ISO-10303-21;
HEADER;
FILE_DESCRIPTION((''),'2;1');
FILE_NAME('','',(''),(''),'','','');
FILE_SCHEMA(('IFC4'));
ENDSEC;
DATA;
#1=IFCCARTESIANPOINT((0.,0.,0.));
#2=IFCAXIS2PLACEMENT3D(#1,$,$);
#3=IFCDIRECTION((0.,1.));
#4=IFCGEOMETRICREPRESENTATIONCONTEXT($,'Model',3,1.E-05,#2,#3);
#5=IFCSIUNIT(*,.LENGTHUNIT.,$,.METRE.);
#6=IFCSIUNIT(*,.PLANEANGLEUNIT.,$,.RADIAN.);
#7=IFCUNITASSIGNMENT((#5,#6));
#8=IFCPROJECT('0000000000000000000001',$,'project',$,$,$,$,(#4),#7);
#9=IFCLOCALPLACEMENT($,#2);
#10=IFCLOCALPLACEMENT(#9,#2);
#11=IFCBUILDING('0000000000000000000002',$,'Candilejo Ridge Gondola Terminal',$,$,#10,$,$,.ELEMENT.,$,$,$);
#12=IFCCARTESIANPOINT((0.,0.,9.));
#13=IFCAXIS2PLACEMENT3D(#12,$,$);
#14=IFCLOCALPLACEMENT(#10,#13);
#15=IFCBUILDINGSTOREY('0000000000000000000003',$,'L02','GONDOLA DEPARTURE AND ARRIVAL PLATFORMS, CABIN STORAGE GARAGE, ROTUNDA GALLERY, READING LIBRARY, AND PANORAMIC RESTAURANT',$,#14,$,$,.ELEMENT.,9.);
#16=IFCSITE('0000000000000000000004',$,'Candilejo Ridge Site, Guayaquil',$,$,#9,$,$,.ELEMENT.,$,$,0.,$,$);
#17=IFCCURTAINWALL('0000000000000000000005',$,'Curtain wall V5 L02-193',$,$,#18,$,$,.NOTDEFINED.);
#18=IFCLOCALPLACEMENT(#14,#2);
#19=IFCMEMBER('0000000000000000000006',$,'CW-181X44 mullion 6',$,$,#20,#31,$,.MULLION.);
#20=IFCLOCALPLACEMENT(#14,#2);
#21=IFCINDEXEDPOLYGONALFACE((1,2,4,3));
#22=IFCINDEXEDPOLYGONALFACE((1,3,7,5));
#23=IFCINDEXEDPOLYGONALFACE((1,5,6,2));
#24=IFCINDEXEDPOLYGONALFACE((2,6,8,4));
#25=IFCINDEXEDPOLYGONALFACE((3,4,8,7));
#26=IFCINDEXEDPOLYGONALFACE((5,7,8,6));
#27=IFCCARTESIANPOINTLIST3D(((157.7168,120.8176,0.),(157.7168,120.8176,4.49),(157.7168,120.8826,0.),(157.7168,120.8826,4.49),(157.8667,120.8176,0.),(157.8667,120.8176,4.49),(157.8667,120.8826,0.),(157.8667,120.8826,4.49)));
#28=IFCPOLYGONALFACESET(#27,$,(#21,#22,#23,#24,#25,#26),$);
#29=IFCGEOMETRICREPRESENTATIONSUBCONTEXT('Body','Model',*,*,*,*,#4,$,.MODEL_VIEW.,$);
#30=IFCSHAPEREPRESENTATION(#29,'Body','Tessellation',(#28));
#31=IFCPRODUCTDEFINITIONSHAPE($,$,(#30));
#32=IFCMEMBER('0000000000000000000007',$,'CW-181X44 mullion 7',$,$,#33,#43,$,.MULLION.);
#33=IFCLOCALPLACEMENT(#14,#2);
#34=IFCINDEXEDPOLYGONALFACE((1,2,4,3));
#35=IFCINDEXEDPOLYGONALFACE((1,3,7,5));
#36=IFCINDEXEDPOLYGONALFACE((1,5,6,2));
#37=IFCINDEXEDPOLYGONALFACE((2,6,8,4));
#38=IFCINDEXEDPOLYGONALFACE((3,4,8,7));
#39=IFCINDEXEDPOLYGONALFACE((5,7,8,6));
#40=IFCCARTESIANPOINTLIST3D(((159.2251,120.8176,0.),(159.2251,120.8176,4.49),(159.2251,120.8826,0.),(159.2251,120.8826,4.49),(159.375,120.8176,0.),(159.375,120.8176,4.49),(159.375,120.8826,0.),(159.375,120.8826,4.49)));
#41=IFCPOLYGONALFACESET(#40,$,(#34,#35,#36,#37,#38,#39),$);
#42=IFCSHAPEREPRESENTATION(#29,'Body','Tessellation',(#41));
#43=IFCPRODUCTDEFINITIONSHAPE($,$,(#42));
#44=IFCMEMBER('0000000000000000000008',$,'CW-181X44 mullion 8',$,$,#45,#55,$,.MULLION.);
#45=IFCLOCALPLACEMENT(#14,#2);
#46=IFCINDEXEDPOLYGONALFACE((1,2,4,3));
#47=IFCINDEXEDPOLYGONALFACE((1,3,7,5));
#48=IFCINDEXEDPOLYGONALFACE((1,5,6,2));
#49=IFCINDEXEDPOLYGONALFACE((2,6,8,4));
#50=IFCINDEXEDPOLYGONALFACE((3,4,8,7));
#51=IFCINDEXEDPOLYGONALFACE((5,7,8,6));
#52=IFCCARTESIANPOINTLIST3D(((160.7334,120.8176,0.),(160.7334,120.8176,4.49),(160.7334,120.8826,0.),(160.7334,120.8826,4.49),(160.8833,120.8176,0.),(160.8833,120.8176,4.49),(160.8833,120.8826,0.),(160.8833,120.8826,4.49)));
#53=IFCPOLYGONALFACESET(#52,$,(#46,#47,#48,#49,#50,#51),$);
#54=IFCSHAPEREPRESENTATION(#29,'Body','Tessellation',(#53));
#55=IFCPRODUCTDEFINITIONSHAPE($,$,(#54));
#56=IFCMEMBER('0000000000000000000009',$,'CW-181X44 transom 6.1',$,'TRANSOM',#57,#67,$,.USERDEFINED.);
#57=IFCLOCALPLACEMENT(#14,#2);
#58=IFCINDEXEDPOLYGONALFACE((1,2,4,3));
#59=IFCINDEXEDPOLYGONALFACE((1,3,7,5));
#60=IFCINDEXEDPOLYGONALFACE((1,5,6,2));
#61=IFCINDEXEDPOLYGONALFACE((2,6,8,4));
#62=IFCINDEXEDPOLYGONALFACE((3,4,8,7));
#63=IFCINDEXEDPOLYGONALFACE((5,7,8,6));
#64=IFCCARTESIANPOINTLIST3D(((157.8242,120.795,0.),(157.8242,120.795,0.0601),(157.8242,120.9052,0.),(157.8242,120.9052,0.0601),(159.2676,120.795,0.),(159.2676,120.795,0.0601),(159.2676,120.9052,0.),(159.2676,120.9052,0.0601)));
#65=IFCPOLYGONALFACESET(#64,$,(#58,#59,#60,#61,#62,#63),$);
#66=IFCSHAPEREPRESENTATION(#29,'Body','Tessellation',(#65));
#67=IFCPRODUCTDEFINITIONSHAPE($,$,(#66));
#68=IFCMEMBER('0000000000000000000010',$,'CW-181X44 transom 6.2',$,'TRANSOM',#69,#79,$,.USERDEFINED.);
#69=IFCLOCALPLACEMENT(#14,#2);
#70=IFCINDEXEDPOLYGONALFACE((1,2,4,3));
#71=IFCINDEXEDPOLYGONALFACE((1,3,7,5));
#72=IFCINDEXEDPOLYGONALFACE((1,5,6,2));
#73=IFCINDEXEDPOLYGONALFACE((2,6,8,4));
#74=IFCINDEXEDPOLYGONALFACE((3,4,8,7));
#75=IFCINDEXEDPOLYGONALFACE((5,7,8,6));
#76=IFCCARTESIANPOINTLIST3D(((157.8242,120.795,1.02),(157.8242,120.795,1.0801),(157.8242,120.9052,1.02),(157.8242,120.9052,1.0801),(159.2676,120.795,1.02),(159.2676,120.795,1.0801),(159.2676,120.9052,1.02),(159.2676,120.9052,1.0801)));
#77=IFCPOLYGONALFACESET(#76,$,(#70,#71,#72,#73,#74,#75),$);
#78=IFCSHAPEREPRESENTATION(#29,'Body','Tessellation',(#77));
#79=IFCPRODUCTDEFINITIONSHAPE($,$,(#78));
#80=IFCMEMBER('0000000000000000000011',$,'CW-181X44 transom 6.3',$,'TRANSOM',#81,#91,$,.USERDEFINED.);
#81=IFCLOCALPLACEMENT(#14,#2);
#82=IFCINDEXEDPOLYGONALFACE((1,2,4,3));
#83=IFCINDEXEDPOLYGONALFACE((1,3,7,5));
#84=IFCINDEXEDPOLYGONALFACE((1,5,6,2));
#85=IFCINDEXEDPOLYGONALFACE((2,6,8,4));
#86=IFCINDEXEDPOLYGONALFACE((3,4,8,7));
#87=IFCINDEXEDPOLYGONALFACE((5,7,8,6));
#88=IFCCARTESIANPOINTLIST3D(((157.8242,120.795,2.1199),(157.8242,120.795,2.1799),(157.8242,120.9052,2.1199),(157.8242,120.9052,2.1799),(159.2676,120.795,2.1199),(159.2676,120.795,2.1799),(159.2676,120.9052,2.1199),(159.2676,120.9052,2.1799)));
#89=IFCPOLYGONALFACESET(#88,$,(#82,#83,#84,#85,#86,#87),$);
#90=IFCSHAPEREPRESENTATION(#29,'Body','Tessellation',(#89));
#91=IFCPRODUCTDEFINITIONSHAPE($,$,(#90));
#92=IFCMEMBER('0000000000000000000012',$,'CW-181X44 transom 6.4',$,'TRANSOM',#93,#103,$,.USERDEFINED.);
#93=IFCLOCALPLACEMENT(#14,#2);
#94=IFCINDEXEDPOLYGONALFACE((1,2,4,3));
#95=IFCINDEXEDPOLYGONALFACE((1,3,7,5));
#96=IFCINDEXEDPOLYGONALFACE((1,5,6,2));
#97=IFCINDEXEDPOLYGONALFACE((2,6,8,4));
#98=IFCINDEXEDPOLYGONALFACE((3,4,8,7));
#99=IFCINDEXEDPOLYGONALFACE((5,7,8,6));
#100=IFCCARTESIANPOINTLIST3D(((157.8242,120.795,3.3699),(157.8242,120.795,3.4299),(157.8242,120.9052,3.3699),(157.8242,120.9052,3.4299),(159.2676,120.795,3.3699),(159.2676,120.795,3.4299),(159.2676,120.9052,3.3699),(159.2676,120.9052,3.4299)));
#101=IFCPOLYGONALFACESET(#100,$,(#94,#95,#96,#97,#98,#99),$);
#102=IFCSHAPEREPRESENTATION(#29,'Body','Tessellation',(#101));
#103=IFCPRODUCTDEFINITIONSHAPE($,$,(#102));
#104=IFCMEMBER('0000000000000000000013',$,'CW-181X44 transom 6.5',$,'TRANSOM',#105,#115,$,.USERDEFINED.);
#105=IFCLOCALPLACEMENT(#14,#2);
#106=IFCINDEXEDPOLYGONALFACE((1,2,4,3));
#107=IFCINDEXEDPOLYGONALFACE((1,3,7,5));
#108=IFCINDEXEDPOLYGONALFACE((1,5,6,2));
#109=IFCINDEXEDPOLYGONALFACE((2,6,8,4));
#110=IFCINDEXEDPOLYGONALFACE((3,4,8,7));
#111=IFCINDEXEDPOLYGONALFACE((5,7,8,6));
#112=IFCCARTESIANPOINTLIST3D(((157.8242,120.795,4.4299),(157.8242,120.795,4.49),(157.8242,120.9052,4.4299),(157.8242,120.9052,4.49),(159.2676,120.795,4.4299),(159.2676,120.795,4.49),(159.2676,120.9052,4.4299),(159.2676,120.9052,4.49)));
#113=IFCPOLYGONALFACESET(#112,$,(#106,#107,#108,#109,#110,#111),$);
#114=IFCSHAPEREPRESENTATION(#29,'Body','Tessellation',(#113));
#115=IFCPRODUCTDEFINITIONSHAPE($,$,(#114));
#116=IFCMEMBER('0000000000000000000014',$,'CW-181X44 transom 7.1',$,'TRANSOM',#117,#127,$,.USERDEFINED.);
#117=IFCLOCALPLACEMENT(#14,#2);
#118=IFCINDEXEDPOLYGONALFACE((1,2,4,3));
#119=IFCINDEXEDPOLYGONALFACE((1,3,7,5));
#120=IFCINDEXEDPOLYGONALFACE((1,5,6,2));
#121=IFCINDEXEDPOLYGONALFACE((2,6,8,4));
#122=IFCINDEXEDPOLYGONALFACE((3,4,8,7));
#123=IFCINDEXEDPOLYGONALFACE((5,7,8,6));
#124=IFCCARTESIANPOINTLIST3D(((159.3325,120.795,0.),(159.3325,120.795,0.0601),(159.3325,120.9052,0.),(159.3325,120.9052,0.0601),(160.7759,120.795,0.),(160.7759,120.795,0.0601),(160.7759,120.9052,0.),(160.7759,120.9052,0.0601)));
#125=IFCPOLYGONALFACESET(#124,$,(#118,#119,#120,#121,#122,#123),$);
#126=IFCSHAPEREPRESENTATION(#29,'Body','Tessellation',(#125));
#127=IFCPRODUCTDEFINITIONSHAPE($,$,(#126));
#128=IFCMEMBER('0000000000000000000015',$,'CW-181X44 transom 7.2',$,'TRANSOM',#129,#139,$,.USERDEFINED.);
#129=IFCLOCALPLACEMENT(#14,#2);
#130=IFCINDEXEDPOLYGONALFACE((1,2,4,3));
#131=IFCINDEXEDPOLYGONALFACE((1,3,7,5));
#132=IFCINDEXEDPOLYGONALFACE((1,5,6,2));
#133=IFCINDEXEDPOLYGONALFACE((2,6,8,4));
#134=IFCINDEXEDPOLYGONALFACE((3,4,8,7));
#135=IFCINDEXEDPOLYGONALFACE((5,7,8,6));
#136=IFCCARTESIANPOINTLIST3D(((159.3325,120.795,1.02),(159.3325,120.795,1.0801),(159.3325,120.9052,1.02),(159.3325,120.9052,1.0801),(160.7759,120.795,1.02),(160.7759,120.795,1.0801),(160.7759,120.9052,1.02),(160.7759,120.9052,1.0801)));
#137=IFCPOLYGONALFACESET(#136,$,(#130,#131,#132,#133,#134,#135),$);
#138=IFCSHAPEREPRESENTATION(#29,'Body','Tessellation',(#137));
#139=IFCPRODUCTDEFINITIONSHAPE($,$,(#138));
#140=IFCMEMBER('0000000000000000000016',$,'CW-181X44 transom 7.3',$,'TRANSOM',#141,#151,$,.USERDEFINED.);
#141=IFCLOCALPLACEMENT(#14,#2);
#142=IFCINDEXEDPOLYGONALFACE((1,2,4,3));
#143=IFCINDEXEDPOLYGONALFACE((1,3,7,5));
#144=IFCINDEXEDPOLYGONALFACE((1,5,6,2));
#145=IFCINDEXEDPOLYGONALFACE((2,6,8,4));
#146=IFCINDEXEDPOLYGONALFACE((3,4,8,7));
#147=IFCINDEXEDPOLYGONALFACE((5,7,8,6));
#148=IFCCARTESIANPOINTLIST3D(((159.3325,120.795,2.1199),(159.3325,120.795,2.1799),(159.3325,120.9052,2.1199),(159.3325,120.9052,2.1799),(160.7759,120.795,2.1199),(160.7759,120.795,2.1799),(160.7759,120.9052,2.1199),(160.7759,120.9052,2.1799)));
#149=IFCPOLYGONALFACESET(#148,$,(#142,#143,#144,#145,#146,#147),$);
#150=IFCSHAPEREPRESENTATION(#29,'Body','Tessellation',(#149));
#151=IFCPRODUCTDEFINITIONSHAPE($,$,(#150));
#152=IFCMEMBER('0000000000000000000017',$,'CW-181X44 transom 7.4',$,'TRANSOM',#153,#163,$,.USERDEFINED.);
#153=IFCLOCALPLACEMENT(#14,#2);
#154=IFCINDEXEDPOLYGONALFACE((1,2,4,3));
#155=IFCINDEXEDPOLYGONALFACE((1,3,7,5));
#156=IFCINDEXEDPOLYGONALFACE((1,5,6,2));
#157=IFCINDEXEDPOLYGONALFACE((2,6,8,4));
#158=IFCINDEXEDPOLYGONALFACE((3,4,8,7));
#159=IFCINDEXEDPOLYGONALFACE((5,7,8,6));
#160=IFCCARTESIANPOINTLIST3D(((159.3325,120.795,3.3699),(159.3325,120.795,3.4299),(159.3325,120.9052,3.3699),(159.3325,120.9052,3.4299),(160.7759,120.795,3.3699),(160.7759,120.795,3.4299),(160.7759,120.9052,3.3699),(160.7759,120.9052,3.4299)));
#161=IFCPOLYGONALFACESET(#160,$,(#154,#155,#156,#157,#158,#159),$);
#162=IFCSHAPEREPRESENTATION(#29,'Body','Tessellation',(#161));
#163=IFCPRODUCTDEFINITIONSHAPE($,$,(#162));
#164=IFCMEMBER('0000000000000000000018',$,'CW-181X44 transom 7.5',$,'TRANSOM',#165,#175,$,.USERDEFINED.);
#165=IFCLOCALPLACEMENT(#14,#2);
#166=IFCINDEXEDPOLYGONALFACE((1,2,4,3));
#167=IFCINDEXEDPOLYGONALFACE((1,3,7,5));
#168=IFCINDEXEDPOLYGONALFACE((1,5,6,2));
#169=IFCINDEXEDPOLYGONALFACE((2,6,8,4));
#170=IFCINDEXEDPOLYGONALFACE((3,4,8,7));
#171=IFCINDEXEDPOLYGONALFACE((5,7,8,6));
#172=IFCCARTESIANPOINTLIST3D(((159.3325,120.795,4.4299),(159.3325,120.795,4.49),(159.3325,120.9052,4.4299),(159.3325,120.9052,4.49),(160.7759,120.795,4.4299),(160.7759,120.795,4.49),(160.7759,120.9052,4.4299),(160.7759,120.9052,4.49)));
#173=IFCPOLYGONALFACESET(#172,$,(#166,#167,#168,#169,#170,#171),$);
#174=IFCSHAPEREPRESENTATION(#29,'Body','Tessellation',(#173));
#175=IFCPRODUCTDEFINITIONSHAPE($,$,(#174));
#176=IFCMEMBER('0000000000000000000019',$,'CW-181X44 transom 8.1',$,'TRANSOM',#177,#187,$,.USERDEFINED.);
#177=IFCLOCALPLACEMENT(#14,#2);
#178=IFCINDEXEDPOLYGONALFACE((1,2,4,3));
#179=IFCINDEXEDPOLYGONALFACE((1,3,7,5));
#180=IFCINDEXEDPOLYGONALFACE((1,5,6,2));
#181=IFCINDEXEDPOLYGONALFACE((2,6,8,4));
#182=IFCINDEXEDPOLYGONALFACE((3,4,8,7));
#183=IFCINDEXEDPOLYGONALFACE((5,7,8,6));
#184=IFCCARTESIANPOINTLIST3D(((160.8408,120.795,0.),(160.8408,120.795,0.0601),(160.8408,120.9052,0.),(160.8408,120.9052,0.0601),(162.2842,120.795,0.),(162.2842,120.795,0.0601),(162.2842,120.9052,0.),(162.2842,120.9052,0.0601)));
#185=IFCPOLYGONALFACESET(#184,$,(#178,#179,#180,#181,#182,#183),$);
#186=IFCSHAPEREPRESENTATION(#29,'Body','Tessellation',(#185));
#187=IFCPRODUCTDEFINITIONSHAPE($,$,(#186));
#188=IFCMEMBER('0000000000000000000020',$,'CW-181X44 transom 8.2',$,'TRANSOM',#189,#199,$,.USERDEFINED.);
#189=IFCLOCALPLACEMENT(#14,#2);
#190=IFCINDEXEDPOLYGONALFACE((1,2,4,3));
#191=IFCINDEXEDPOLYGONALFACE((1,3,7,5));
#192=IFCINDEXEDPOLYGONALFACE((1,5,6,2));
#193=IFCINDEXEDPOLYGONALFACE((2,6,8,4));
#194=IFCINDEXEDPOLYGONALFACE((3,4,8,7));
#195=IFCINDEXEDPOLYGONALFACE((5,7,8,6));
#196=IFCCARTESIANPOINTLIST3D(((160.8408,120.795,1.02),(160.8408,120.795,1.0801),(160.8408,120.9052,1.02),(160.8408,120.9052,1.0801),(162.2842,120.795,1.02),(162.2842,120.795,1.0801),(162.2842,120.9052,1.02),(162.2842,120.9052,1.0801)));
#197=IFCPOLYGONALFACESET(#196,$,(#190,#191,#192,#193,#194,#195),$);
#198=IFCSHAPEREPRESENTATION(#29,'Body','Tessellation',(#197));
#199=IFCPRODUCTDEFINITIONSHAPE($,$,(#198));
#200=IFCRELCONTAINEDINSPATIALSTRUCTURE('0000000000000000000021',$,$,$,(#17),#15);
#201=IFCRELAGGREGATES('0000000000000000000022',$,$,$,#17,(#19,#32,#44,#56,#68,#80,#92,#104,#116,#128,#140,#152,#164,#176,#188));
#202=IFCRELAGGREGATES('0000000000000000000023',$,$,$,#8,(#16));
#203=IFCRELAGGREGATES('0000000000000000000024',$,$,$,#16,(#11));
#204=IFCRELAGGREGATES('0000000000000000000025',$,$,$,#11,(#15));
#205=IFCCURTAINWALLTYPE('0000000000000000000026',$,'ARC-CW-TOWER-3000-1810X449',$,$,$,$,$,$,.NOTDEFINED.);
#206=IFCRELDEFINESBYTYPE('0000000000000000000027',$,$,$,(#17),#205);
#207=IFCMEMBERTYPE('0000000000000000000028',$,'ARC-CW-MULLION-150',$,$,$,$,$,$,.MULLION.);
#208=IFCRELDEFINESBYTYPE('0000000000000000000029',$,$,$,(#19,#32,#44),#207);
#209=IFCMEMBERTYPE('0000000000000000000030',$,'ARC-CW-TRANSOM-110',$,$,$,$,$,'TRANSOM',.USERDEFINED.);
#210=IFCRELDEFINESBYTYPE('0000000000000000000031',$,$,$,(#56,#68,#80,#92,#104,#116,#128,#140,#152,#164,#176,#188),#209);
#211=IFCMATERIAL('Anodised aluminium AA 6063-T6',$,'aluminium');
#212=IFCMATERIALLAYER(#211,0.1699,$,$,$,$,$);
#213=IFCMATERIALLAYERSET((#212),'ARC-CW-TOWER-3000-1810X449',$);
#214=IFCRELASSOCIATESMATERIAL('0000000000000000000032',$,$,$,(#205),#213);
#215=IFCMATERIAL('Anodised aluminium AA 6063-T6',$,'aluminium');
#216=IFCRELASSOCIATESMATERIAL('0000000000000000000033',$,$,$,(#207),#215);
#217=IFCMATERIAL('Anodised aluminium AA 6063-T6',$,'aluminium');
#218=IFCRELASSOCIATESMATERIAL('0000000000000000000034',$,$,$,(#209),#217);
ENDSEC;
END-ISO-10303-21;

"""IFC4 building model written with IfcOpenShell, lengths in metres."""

from ifc_helpers import new_model, si_unit, direction, frame, origin, origin_2d, place, context, subcontext, project, spatial, rectangle, extrude, material, layer, layer_set, material_profile, profile_set, type_object, element, aggregate, save


model = new_model("IFC4")

# Units and contexts
model_context = context("Model", 3, precision=1e-05, world=origin(), true_north=direction((0.0, 1.0)))
body_context = subcontext(model_context, "Body", "Model", "MODEL_VIEW")
ifc_project = project(units=[si_unit("LENGTHUNIT", "METRE"), si_unit("PLANEANGLEUNIT", "RADIAN")], contexts=[model_context])

# Site, building, storey
site_placement = place(None, origin())
site = spatial("IfcSite", under=ifc_project, at=site_placement, Name="Candilejo Ridge Site, Guayaquil", CompositionType="ELEMENT", RefElevation=0.0)
building_placement = place(site_placement, origin())
building = spatial("IfcBuilding", under=site, at=building_placement, Name="Candilejo Ridge Gondola Terminal", CompositionType="ELEMENT")
storey_placement = place(building_placement, frame((0.0, 0.0, 9.0)))
storey = spatial("IfcBuildingStorey", under=building, at=storey_placement, Name="L02", Description="GONDOLA DEPARTURE AND ARRIVAL PLATFORMS, CABIN STORAGE GARAGE, ROTUNDA GALLERY, READING LIBRARY, AND PANORAMIC RESTAURANT", CompositionType="ELEMENT", Elevation=9.0)

# Curtain wall, members
ifc_material_1 = material(Name="Anodised aluminium AA 6063-T6", Category="aluminium")
ifc_layer_1 = layer(ifc_material_1, 0.1699)
ifc_layer_set_1 = layer_set([ifc_layer_1], Name="ARC-CW-TOWER-3000-1810X449")
curtain_wall_type = type_object("IfcCurtainWallType", Name="ARC-CW-TOWER-3000-1810X449", PredefinedType="NOTDEFINED", material=ifc_layer_set_1)
curtain_wall_placement = place(storey_placement, origin())
curtain_wall = element("IfcCurtainWall", 1, at=curtain_wall_placement, inside=storey, type_object=curtain_wall_type, Name="Curtain wall V5 L02-193", PredefinedType="NOTDEFINED")
ifc_material_2 = material(Name="Anodised aluminium AA 6063-T6", Category="aluminium")
ifc_material_profile_1 = material_profile(ifc_material_2, rectangle(XDim=0.0649, YDim=0.1499, at=origin_2d()))
ifc_profile_set_1 = profile_set([ifc_material_profile_1], Name="Anodised aluminium AA 6063-T6")
member_type_1 = type_object("IfcMemberType", Name="ARC-CW-MULLION-150", PredefinedType="MULLION", material=ifc_profile_set_1)
member_1_placement = place(storey_placement, frame((157.7917, 120.8501, 0.0), z_axis=(0.0, 0.0, 1.0), x_axis=(0.0, 1.0, 0.0)))
member_1 = element("IfcMember", 2, at=member_1_placement, type_object=member_type_1, Name="CW-181X44 mullion 6", PredefinedType="MULLION", context=body_context, shape_type="SweptSolid", body=[
    extrude(rectangle(XDim=0.0649, YDim=0.1499, at=origin_2d()), origin(), (0.0, 0.0, 1.0), 4.49),
])
member_2_placement = place(storey_placement, frame((159.3, 120.8501, 0.0), z_axis=(0.0, 0.0, 1.0), x_axis=(0.0, 1.0, 0.0)))
member_2 = element("IfcMember", 3, at=member_2_placement, type_object=member_type_1, Name="CW-181X44 mullion 7", PredefinedType="MULLION", context=body_context, shape_type="SweptSolid", body=[
    extrude(rectangle(XDim=0.0649, YDim=0.1499, at=origin_2d()), origin(), (0.0, 0.0, 1.0), 4.49),
])
member_3_placement = place(storey_placement, frame((160.8083, 120.8501, 0.0), z_axis=(0.0, 0.0, 1.0), x_axis=(0.0, 1.0, 0.0)))
member_3 = element("IfcMember", 4, at=member_3_placement, type_object=member_type_1, Name="CW-181X44 mullion 8", PredefinedType="MULLION", context=body_context, shape_type="SweptSolid", body=[
    extrude(rectangle(XDim=0.0649, YDim=0.1499, at=origin_2d()), origin(), (0.0, 0.0, 1.0), 4.49),
])
ifc_material_3 = material(Name="Anodised aluminium AA 6063-T6", Category="aluminium")
ifc_material_profile_2 = material_profile(ifc_material_3, rectangle(XDim=0.1101, YDim=0.0601, at=origin_2d()))
ifc_profile_set_2 = profile_set([ifc_material_profile_2], Name="Anodised aluminium AA 6063-T6")
member_type_2 = type_object("IfcMemberType", Name="ARC-CW-TRANSOM-110", ElementType="TRANSOM", PredefinedType="USERDEFINED", material=ifc_profile_set_2)
member_4_placement = place(storey_placement, frame((157.8242, 120.8501, 0.03), z_axis=(1.0, 0.0, 0.0), x_axis=(0.0, 1.0, 0.0)))
member_4 = element("IfcMember", 5, at=member_4_placement, type_object=member_type_2, Name="CW-181X44 transom 6.1", ObjectType="TRANSOM", PredefinedType="USERDEFINED", context=body_context, shape_type="SweptSolid", body=[
    extrude(rectangle(XDim=0.1101, YDim=0.0601, at=origin_2d()), origin(), (0.0, 0.0, 1.0), 1.4434),
])
member_5_placement = place(storey_placement, frame((157.8242, 120.8501, 1.05), z_axis=(1.0, 0.0, 0.0), x_axis=(0.0, 1.0, 0.0)))
member_5 = element("IfcMember", 6, at=member_5_placement, type_object=member_type_2, Name="CW-181X44 transom 6.2", ObjectType="TRANSOM", PredefinedType="USERDEFINED", context=body_context, shape_type="SweptSolid", body=[
    extrude(rectangle(XDim=0.1101, YDim=0.0601, at=origin_2d()), origin(), (0.0, 0.0, 1.0), 1.4434),
])
member_6_placement = place(storey_placement, frame((157.8242, 120.8501, 2.1499), z_axis=(1.0, 0.0, 0.0), x_axis=(0.0, 1.0, 0.0)))
member_6 = element("IfcMember", 7, at=member_6_placement, type_object=member_type_2, Name="CW-181X44 transom 6.3", ObjectType="TRANSOM", PredefinedType="USERDEFINED", context=body_context, shape_type="SweptSolid", body=[
    extrude(rectangle(XDim=0.1101, YDim=0.0601, at=origin_2d()), origin(), (0.0, 0.0, 1.0), 1.4434),
])
member_7_placement = place(storey_placement, frame((157.8242, 120.8501, 3.3999), z_axis=(1.0, 0.0, 0.0), x_axis=(0.0, 1.0, 0.0)))
member_7 = element("IfcMember", 8, at=member_7_placement, type_object=member_type_2, Name="CW-181X44 transom 6.4", ObjectType="TRANSOM", PredefinedType="USERDEFINED", context=body_context, shape_type="SweptSolid", body=[
    extrude(rectangle(XDim=0.1101, YDim=0.0601, at=origin_2d()), origin(), (0.0, 0.0, 1.0), 1.4434),
])
member_8_placement = place(storey_placement, frame((157.8242, 120.8501, 4.46), z_axis=(1.0, 0.0, 0.0), x_axis=(0.0, 1.0, 0.0)))
member_8 = element("IfcMember", 9, at=member_8_placement, type_object=member_type_2, Name="CW-181X44 transom 6.5", ObjectType="TRANSOM", PredefinedType="USERDEFINED", context=body_context, shape_type="SweptSolid", body=[
    extrude(rectangle(XDim=0.1101, YDim=0.0601, at=origin_2d()), origin(), (0.0, 0.0, 1.0), 1.4434),
])
member_9_placement = place(storey_placement, frame((159.3325, 120.8501, 0.03), z_axis=(1.0, 0.0, 0.0), x_axis=(0.0, 1.0, 0.0)))
member_9 = element("IfcMember", 10, at=member_9_placement, type_object=member_type_2, Name="CW-181X44 transom 7.1", ObjectType="TRANSOM", PredefinedType="USERDEFINED", context=body_context, shape_type="SweptSolid", body=[
    extrude(rectangle(XDim=0.1101, YDim=0.0601, at=origin_2d()), origin(), (0.0, 0.0, 1.0), 1.4434),
])
member_10_placement = place(storey_placement, frame((159.3325, 120.8501, 1.05), z_axis=(1.0, 0.0, 0.0), x_axis=(0.0, 1.0, 0.0)))
member_10 = element("IfcMember", 11, at=member_10_placement, type_object=member_type_2, Name="CW-181X44 transom 7.2", ObjectType="TRANSOM", PredefinedType="USERDEFINED", context=body_context, shape_type="SweptSolid", body=[
    extrude(rectangle(XDim=0.1101, YDim=0.0601, at=origin_2d()), origin(), (0.0, 0.0, 1.0), 1.4434),
])
member_11_placement = place(storey_placement, frame((159.3325, 120.8501, 2.1499), z_axis=(1.0, 0.0, 0.0), x_axis=(0.0, 1.0, 0.0)))
member_11 = element("IfcMember", 12, at=member_11_placement, type_object=member_type_2, Name="CW-181X44 transom 7.3", ObjectType="TRANSOM", PredefinedType="USERDEFINED", context=body_context, shape_type="SweptSolid", body=[
    extrude(rectangle(XDim=0.1101, YDim=0.0601, at=origin_2d()), origin(), (0.0, 0.0, 1.0), 1.4434),
])
member_12_placement = place(storey_placement, frame((159.3325, 120.8501, 3.3999), z_axis=(1.0, 0.0, 0.0), x_axis=(0.0, 1.0, 0.0)))
member_12 = element("IfcMember", 13, at=member_12_placement, type_object=member_type_2, Name="CW-181X44 transom 7.4", ObjectType="TRANSOM", PredefinedType="USERDEFINED", context=body_context, shape_type="SweptSolid", body=[
    extrude(rectangle(XDim=0.1101, YDim=0.0601, at=origin_2d()), origin(), (0.0, 0.0, 1.0), 1.4434),
])
member_13_placement = place(storey_placement, frame((159.3325, 120.8501, 4.46), z_axis=(1.0, 0.0, 0.0), x_axis=(0.0, 1.0, 0.0)))
member_13 = element("IfcMember", 14, at=member_13_placement, type_object=member_type_2, Name="CW-181X44 transom 7.5", ObjectType="TRANSOM", PredefinedType="USERDEFINED", context=body_context, shape_type="SweptSolid", body=[
    extrude(rectangle(XDim=0.1101, YDim=0.0601, at=origin_2d()), origin(), (0.0, 0.0, 1.0), 1.4434),
])
member_14_placement = place(storey_placement, frame((160.8408, 120.8501, 0.03), z_axis=(1.0, 0.0, 0.0), x_axis=(0.0, 1.0, 0.0)))
member_14 = element("IfcMember", 15, at=member_14_placement, type_object=member_type_2, Name="CW-181X44 transom 8.1", ObjectType="TRANSOM", PredefinedType="USERDEFINED", context=body_context, shape_type="SweptSolid", body=[
    extrude(rectangle(XDim=0.1101, YDim=0.0601, at=origin_2d()), origin(), (0.0, 0.0, 1.0), 1.4434),
])
member_15_placement = place(storey_placement, frame((160.8408, 120.8501, 1.05), z_axis=(1.0, 0.0, 0.0), x_axis=(0.0, 1.0, 0.0)))
member_15 = element("IfcMember", 16, at=member_15_placement, type_object=member_type_2, Name="CW-181X44 transom 8.2", ObjectType="TRANSOM", PredefinedType="USERDEFINED", context=body_context, shape_type="SweptSolid", body=[
    extrude(rectangle(XDim=0.1101, YDim=0.0601, at=origin_2d()), origin(), (0.0, 0.0, 1.0), 1.4434),
])
aggregate(curtain_wall, [member_1, member_2, member_3, member_4, member_5, member_6, member_7, member_8, member_9, member_10, member_11, member_12, member_13, member_14, member_15])

save(model, "model.ifc")
